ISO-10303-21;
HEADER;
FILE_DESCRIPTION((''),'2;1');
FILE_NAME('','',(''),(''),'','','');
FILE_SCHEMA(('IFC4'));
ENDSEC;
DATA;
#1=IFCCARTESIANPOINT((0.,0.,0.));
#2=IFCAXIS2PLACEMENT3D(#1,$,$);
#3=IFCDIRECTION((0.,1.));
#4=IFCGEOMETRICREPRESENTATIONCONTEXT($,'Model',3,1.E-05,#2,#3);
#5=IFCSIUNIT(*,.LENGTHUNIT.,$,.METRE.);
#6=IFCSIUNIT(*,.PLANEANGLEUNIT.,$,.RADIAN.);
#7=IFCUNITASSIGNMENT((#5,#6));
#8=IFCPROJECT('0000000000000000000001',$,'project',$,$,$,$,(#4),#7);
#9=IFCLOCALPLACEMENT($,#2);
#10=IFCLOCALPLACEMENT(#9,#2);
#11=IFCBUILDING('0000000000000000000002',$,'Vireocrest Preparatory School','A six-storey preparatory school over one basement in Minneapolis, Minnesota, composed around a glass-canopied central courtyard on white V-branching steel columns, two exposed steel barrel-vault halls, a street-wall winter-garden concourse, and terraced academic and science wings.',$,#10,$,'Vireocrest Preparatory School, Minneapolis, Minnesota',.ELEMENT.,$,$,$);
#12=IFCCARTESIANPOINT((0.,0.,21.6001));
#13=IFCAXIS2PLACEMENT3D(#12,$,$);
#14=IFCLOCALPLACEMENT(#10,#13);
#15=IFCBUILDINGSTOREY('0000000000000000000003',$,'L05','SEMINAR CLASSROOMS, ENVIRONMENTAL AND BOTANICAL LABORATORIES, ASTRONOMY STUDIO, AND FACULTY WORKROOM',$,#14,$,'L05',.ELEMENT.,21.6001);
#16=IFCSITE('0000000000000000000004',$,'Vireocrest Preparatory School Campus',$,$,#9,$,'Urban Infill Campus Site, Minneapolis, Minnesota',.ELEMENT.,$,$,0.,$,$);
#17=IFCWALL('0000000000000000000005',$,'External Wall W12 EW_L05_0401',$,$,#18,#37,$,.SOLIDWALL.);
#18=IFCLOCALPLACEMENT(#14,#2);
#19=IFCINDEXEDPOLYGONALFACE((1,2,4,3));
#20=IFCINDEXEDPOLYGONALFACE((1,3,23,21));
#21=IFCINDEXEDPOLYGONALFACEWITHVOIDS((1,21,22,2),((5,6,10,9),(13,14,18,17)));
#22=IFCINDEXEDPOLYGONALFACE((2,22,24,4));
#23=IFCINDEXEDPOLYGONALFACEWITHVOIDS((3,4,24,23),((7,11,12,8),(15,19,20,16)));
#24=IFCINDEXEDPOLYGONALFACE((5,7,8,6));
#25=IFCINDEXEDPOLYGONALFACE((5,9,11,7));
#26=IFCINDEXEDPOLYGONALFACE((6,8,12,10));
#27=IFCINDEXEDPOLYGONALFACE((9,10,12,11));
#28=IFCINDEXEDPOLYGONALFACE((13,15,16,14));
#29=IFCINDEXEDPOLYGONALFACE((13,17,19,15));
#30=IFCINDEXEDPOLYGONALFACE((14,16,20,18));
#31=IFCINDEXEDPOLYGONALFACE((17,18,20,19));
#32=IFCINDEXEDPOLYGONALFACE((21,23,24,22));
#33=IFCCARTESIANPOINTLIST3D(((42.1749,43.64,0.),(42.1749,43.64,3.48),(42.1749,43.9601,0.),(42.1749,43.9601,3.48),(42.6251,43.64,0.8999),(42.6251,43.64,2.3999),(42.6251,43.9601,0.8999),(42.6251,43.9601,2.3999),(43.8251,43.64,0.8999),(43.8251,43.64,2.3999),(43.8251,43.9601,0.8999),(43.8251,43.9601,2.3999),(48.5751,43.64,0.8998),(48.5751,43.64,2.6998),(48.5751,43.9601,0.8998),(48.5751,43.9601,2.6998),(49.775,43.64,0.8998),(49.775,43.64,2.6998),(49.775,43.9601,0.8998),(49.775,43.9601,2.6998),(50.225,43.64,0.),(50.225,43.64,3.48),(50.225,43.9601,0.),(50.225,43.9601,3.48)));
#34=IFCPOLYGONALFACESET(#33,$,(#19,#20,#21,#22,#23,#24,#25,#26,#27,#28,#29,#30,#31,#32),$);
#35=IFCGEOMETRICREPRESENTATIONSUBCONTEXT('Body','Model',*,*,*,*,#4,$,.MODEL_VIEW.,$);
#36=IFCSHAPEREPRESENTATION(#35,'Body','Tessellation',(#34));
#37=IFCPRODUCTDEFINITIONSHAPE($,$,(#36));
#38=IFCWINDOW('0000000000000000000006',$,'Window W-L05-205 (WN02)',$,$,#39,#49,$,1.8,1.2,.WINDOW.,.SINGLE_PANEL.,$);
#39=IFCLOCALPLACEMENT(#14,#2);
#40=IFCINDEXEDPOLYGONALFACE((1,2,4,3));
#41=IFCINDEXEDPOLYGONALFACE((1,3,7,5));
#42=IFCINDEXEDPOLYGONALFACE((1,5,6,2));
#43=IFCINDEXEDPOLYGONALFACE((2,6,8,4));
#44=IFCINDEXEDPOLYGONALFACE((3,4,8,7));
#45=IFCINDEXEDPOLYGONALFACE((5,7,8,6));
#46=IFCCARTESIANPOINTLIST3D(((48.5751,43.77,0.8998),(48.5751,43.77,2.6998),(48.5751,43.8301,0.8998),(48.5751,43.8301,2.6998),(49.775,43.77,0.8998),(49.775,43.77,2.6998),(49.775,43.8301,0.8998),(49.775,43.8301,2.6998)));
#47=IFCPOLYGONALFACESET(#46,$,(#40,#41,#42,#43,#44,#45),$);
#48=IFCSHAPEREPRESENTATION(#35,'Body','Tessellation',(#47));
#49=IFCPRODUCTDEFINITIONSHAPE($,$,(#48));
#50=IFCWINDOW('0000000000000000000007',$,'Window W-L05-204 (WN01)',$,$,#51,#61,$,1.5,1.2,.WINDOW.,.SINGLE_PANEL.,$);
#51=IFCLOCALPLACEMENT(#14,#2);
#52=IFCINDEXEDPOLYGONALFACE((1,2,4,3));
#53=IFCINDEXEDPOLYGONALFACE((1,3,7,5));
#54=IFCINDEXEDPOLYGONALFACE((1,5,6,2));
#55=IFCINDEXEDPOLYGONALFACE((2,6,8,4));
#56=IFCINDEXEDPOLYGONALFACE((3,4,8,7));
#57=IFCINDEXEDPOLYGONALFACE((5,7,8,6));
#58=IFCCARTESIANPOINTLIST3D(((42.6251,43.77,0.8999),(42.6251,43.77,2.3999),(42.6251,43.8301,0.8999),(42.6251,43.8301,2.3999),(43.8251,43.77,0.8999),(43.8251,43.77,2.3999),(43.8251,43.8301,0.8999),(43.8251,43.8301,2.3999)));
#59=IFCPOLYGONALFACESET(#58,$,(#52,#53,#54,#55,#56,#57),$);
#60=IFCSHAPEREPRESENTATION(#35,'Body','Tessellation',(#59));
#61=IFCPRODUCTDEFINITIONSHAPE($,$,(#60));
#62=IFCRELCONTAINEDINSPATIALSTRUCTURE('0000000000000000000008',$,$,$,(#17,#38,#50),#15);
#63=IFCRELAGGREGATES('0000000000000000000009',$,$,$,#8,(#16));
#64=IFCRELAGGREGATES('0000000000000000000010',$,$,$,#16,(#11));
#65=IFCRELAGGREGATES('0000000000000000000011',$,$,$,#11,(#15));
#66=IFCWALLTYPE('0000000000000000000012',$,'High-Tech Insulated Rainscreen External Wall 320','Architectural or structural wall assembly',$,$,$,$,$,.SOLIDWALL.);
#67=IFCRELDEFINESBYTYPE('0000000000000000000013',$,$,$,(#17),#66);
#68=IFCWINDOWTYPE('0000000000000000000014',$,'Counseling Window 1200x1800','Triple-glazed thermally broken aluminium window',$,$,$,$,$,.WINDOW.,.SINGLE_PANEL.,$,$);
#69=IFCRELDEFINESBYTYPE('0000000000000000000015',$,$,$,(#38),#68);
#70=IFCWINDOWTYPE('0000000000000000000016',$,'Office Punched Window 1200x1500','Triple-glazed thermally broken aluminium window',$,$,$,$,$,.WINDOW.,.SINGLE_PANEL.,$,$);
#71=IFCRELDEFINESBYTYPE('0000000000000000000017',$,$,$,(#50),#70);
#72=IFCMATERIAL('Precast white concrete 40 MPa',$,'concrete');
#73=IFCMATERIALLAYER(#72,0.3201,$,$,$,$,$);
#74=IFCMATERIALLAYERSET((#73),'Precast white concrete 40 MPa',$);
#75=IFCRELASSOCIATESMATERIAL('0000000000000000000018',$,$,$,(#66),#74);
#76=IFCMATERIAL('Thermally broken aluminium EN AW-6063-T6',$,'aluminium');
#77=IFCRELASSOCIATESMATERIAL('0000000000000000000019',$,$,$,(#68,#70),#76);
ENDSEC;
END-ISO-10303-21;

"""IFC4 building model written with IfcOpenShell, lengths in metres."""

from ifc_helpers import new_model, si_unit, direction, frame, frame_2d, origin, place, context, subcontext, project, spatial, rectangle, extrude, material, layer, layer_set, type_object, element, fill, save


model = new_model("IFC4")

# Units and contexts
model_context = context("Model", 3, precision=1e-05, world=origin(), true_north=direction((0.0, 1.0)))
body_context = subcontext(model_context, "Body", "Model", "MODEL_VIEW")
ifc_project = project(units=[si_unit("LENGTHUNIT", "METRE"), si_unit("PLANEANGLEUNIT", "RADIAN")], contexts=[model_context])

# Site, building, storey
site_placement = place(None, origin())
site = spatial("IfcSite", under=ifc_project, at=site_placement, Name="Vireocrest Preparatory School Campus", LongName="Urban Infill Campus Site, Minneapolis, Minnesota", CompositionType="ELEMENT", RefElevation=0.0)
building_placement = place(site_placement, origin())
building = spatial("IfcBuilding", under=site, at=building_placement, Name="Vireocrest Preparatory School", Description="A six-storey preparatory school over one basement in Minneapolis, Minnesota, composed around a glass-canopied central courtyard on white V-branching steel columns, two exposed steel barrel-vault halls, a street-wall winter-garden concourse, and terraced academic and science wings.", LongName="Vireocrest Preparatory School, Minneapolis, Minnesota", CompositionType="ELEMENT")
storey_placement = place(building_placement, frame((0.0, 0.0, 21.6001)))
storey = spatial("IfcBuildingStorey", under=building, at=storey_placement, Name="L05", Description="SEMINAR CLASSROOMS, ENVIRONMENTAL AND BOTANICAL LABORATORIES, ASTRONOMY STUDIO, AND FACULTY WORKROOM", LongName="L05", CompositionType="ELEMENT", Elevation=21.6001)

# Shared definitions
ifc_material_1 = material(Name="Thermally broken aluminium EN AW-6063-T6", Category="aluminium")

# Wall, openings, windows
ifc_material_2 = material(Name="Precast white concrete 40 MPa", Category="concrete")
ifc_layer_1 = layer(ifc_material_2, 0.3201)
ifc_layer_set_1 = layer_set([ifc_layer_1], Name="Precast white concrete 40 MPa")
wall_type_1 = type_object("IfcWallType", Name="High-Tech Insulated Rainscreen External Wall 320", Description="Architectural or structural wall assembly", PredefinedType="SOLIDWALL", material=ifc_layer_set_1)
wall_1_placement = place(storey_placement, frame((42.175, 43.8, 0.0), z_axis=(0.0, 0.0, 1.0), x_axis=(1.0, 0.0, 0.0)))
wall_1 = element("IfcWall", 1, at=wall_1_placement, inside=storey, type_object=wall_type_1, Name="External Wall W12 EW_L05_0401", PredefinedType="SOLIDWALL", context=body_context, shape_type="SweptSolid", body=[
    extrude(rectangle(XDim=8.05, YDim=0.3201, at=frame_2d((4.0249, 0.0))), origin(), (0.0, 0.0, 1.0), 3.48),
])
opening_1_placement = place(wall_1_placement, frame((0.45, 0.0, 0.8999)))
opening_1 = element("IfcOpeningElement", 2, at=opening_1_placement, cuts=wall_1, PredefinedType="OPENING", context=body_context, shape_type="SweptSolid", body=[
    extrude(rectangle(XDim=1.2, YDim=1.5, at=frame_2d((0.6001, 0.75))), frame((0.0, 0.1699, 0.0), z_axis=(0.0, -1.0, 0.0), x_axis=(1.0, 0.0, 0.0)), (0.0, 0.0, 1.0), 0.3401),
])
opening_2_placement = place(wall_1_placement, frame((6.3999, 0.0, 0.8999)))
opening_2 = element("IfcOpeningElement", 3, at=opening_2_placement, cuts=wall_1, PredefinedType="OPENING", context=body_context, shape_type="SweptSolid", body=[
    extrude(rectangle(XDim=1.2, YDim=1.8, at=frame_2d((0.6001, 0.8999))), frame((0.0, 0.1699, 0.0), z_axis=(0.0, -1.0, 0.0), x_axis=(1.0, 0.0, 0.0)), (0.0, 0.0, 1.0), 0.3401),
])
window_type_1 = type_object("IfcWindowType", Name="Counseling Window 1200x1800", Description="Triple-glazed thermally broken aluminium window", PartitioningType="SINGLE_PANEL", PredefinedType="WINDOW", material=ifc_material_1)
window_1_placement = place(opening_2_placement, origin())
window_1 = element("IfcWindow", 4, at=window_1_placement, inside=storey, type_object=window_type_1, Name="Window W-L05-205 (WN02)", OverallHeight=1.8, OverallWidth=1.2, PartitioningType="SINGLE_PANEL", PredefinedType="WINDOW", context=body_context, shape_type="SweptSolid", body=[
    extrude(rectangle(XDim=1.2, YDim=1.8, at=frame_2d((0.6001, 0.8999))), frame((0.0, 0.03, 0.0), z_axis=(0.0, -1.0, 0.0), x_axis=(1.0, 0.0, 0.0)), (0.0, 0.0, 1.0), 0.0601),
])
fill(opening_2, window_1)
window_type_2 = type_object("IfcWindowType", Name="Office Punched Window 1200x1500", Description="Triple-glazed thermally broken aluminium window", PartitioningType="SINGLE_PANEL", PredefinedType="WINDOW", material=ifc_material_1)
window_2_placement = place(opening_1_placement, origin())
window_2 = element("IfcWindow", 5, at=window_2_placement, inside=storey, type_object=window_type_2, Name="Window W-L05-204 (WN01)", OverallHeight=1.5, OverallWidth=1.2, PartitioningType="SINGLE_PANEL", PredefinedType="WINDOW", context=body_context, shape_type="SweptSolid", body=[
    extrude(rectangle(XDim=1.2, YDim=1.5, at=frame_2d((0.6001, 0.75))), frame((0.0, 0.03, 0.0), z_axis=(0.0, -1.0, 0.0), x_axis=(1.0, 0.0, 0.0)), (0.0, 0.0, 1.0), 0.0601),
])
fill(opening_1, window_2)

save(model, "model.ifc")
